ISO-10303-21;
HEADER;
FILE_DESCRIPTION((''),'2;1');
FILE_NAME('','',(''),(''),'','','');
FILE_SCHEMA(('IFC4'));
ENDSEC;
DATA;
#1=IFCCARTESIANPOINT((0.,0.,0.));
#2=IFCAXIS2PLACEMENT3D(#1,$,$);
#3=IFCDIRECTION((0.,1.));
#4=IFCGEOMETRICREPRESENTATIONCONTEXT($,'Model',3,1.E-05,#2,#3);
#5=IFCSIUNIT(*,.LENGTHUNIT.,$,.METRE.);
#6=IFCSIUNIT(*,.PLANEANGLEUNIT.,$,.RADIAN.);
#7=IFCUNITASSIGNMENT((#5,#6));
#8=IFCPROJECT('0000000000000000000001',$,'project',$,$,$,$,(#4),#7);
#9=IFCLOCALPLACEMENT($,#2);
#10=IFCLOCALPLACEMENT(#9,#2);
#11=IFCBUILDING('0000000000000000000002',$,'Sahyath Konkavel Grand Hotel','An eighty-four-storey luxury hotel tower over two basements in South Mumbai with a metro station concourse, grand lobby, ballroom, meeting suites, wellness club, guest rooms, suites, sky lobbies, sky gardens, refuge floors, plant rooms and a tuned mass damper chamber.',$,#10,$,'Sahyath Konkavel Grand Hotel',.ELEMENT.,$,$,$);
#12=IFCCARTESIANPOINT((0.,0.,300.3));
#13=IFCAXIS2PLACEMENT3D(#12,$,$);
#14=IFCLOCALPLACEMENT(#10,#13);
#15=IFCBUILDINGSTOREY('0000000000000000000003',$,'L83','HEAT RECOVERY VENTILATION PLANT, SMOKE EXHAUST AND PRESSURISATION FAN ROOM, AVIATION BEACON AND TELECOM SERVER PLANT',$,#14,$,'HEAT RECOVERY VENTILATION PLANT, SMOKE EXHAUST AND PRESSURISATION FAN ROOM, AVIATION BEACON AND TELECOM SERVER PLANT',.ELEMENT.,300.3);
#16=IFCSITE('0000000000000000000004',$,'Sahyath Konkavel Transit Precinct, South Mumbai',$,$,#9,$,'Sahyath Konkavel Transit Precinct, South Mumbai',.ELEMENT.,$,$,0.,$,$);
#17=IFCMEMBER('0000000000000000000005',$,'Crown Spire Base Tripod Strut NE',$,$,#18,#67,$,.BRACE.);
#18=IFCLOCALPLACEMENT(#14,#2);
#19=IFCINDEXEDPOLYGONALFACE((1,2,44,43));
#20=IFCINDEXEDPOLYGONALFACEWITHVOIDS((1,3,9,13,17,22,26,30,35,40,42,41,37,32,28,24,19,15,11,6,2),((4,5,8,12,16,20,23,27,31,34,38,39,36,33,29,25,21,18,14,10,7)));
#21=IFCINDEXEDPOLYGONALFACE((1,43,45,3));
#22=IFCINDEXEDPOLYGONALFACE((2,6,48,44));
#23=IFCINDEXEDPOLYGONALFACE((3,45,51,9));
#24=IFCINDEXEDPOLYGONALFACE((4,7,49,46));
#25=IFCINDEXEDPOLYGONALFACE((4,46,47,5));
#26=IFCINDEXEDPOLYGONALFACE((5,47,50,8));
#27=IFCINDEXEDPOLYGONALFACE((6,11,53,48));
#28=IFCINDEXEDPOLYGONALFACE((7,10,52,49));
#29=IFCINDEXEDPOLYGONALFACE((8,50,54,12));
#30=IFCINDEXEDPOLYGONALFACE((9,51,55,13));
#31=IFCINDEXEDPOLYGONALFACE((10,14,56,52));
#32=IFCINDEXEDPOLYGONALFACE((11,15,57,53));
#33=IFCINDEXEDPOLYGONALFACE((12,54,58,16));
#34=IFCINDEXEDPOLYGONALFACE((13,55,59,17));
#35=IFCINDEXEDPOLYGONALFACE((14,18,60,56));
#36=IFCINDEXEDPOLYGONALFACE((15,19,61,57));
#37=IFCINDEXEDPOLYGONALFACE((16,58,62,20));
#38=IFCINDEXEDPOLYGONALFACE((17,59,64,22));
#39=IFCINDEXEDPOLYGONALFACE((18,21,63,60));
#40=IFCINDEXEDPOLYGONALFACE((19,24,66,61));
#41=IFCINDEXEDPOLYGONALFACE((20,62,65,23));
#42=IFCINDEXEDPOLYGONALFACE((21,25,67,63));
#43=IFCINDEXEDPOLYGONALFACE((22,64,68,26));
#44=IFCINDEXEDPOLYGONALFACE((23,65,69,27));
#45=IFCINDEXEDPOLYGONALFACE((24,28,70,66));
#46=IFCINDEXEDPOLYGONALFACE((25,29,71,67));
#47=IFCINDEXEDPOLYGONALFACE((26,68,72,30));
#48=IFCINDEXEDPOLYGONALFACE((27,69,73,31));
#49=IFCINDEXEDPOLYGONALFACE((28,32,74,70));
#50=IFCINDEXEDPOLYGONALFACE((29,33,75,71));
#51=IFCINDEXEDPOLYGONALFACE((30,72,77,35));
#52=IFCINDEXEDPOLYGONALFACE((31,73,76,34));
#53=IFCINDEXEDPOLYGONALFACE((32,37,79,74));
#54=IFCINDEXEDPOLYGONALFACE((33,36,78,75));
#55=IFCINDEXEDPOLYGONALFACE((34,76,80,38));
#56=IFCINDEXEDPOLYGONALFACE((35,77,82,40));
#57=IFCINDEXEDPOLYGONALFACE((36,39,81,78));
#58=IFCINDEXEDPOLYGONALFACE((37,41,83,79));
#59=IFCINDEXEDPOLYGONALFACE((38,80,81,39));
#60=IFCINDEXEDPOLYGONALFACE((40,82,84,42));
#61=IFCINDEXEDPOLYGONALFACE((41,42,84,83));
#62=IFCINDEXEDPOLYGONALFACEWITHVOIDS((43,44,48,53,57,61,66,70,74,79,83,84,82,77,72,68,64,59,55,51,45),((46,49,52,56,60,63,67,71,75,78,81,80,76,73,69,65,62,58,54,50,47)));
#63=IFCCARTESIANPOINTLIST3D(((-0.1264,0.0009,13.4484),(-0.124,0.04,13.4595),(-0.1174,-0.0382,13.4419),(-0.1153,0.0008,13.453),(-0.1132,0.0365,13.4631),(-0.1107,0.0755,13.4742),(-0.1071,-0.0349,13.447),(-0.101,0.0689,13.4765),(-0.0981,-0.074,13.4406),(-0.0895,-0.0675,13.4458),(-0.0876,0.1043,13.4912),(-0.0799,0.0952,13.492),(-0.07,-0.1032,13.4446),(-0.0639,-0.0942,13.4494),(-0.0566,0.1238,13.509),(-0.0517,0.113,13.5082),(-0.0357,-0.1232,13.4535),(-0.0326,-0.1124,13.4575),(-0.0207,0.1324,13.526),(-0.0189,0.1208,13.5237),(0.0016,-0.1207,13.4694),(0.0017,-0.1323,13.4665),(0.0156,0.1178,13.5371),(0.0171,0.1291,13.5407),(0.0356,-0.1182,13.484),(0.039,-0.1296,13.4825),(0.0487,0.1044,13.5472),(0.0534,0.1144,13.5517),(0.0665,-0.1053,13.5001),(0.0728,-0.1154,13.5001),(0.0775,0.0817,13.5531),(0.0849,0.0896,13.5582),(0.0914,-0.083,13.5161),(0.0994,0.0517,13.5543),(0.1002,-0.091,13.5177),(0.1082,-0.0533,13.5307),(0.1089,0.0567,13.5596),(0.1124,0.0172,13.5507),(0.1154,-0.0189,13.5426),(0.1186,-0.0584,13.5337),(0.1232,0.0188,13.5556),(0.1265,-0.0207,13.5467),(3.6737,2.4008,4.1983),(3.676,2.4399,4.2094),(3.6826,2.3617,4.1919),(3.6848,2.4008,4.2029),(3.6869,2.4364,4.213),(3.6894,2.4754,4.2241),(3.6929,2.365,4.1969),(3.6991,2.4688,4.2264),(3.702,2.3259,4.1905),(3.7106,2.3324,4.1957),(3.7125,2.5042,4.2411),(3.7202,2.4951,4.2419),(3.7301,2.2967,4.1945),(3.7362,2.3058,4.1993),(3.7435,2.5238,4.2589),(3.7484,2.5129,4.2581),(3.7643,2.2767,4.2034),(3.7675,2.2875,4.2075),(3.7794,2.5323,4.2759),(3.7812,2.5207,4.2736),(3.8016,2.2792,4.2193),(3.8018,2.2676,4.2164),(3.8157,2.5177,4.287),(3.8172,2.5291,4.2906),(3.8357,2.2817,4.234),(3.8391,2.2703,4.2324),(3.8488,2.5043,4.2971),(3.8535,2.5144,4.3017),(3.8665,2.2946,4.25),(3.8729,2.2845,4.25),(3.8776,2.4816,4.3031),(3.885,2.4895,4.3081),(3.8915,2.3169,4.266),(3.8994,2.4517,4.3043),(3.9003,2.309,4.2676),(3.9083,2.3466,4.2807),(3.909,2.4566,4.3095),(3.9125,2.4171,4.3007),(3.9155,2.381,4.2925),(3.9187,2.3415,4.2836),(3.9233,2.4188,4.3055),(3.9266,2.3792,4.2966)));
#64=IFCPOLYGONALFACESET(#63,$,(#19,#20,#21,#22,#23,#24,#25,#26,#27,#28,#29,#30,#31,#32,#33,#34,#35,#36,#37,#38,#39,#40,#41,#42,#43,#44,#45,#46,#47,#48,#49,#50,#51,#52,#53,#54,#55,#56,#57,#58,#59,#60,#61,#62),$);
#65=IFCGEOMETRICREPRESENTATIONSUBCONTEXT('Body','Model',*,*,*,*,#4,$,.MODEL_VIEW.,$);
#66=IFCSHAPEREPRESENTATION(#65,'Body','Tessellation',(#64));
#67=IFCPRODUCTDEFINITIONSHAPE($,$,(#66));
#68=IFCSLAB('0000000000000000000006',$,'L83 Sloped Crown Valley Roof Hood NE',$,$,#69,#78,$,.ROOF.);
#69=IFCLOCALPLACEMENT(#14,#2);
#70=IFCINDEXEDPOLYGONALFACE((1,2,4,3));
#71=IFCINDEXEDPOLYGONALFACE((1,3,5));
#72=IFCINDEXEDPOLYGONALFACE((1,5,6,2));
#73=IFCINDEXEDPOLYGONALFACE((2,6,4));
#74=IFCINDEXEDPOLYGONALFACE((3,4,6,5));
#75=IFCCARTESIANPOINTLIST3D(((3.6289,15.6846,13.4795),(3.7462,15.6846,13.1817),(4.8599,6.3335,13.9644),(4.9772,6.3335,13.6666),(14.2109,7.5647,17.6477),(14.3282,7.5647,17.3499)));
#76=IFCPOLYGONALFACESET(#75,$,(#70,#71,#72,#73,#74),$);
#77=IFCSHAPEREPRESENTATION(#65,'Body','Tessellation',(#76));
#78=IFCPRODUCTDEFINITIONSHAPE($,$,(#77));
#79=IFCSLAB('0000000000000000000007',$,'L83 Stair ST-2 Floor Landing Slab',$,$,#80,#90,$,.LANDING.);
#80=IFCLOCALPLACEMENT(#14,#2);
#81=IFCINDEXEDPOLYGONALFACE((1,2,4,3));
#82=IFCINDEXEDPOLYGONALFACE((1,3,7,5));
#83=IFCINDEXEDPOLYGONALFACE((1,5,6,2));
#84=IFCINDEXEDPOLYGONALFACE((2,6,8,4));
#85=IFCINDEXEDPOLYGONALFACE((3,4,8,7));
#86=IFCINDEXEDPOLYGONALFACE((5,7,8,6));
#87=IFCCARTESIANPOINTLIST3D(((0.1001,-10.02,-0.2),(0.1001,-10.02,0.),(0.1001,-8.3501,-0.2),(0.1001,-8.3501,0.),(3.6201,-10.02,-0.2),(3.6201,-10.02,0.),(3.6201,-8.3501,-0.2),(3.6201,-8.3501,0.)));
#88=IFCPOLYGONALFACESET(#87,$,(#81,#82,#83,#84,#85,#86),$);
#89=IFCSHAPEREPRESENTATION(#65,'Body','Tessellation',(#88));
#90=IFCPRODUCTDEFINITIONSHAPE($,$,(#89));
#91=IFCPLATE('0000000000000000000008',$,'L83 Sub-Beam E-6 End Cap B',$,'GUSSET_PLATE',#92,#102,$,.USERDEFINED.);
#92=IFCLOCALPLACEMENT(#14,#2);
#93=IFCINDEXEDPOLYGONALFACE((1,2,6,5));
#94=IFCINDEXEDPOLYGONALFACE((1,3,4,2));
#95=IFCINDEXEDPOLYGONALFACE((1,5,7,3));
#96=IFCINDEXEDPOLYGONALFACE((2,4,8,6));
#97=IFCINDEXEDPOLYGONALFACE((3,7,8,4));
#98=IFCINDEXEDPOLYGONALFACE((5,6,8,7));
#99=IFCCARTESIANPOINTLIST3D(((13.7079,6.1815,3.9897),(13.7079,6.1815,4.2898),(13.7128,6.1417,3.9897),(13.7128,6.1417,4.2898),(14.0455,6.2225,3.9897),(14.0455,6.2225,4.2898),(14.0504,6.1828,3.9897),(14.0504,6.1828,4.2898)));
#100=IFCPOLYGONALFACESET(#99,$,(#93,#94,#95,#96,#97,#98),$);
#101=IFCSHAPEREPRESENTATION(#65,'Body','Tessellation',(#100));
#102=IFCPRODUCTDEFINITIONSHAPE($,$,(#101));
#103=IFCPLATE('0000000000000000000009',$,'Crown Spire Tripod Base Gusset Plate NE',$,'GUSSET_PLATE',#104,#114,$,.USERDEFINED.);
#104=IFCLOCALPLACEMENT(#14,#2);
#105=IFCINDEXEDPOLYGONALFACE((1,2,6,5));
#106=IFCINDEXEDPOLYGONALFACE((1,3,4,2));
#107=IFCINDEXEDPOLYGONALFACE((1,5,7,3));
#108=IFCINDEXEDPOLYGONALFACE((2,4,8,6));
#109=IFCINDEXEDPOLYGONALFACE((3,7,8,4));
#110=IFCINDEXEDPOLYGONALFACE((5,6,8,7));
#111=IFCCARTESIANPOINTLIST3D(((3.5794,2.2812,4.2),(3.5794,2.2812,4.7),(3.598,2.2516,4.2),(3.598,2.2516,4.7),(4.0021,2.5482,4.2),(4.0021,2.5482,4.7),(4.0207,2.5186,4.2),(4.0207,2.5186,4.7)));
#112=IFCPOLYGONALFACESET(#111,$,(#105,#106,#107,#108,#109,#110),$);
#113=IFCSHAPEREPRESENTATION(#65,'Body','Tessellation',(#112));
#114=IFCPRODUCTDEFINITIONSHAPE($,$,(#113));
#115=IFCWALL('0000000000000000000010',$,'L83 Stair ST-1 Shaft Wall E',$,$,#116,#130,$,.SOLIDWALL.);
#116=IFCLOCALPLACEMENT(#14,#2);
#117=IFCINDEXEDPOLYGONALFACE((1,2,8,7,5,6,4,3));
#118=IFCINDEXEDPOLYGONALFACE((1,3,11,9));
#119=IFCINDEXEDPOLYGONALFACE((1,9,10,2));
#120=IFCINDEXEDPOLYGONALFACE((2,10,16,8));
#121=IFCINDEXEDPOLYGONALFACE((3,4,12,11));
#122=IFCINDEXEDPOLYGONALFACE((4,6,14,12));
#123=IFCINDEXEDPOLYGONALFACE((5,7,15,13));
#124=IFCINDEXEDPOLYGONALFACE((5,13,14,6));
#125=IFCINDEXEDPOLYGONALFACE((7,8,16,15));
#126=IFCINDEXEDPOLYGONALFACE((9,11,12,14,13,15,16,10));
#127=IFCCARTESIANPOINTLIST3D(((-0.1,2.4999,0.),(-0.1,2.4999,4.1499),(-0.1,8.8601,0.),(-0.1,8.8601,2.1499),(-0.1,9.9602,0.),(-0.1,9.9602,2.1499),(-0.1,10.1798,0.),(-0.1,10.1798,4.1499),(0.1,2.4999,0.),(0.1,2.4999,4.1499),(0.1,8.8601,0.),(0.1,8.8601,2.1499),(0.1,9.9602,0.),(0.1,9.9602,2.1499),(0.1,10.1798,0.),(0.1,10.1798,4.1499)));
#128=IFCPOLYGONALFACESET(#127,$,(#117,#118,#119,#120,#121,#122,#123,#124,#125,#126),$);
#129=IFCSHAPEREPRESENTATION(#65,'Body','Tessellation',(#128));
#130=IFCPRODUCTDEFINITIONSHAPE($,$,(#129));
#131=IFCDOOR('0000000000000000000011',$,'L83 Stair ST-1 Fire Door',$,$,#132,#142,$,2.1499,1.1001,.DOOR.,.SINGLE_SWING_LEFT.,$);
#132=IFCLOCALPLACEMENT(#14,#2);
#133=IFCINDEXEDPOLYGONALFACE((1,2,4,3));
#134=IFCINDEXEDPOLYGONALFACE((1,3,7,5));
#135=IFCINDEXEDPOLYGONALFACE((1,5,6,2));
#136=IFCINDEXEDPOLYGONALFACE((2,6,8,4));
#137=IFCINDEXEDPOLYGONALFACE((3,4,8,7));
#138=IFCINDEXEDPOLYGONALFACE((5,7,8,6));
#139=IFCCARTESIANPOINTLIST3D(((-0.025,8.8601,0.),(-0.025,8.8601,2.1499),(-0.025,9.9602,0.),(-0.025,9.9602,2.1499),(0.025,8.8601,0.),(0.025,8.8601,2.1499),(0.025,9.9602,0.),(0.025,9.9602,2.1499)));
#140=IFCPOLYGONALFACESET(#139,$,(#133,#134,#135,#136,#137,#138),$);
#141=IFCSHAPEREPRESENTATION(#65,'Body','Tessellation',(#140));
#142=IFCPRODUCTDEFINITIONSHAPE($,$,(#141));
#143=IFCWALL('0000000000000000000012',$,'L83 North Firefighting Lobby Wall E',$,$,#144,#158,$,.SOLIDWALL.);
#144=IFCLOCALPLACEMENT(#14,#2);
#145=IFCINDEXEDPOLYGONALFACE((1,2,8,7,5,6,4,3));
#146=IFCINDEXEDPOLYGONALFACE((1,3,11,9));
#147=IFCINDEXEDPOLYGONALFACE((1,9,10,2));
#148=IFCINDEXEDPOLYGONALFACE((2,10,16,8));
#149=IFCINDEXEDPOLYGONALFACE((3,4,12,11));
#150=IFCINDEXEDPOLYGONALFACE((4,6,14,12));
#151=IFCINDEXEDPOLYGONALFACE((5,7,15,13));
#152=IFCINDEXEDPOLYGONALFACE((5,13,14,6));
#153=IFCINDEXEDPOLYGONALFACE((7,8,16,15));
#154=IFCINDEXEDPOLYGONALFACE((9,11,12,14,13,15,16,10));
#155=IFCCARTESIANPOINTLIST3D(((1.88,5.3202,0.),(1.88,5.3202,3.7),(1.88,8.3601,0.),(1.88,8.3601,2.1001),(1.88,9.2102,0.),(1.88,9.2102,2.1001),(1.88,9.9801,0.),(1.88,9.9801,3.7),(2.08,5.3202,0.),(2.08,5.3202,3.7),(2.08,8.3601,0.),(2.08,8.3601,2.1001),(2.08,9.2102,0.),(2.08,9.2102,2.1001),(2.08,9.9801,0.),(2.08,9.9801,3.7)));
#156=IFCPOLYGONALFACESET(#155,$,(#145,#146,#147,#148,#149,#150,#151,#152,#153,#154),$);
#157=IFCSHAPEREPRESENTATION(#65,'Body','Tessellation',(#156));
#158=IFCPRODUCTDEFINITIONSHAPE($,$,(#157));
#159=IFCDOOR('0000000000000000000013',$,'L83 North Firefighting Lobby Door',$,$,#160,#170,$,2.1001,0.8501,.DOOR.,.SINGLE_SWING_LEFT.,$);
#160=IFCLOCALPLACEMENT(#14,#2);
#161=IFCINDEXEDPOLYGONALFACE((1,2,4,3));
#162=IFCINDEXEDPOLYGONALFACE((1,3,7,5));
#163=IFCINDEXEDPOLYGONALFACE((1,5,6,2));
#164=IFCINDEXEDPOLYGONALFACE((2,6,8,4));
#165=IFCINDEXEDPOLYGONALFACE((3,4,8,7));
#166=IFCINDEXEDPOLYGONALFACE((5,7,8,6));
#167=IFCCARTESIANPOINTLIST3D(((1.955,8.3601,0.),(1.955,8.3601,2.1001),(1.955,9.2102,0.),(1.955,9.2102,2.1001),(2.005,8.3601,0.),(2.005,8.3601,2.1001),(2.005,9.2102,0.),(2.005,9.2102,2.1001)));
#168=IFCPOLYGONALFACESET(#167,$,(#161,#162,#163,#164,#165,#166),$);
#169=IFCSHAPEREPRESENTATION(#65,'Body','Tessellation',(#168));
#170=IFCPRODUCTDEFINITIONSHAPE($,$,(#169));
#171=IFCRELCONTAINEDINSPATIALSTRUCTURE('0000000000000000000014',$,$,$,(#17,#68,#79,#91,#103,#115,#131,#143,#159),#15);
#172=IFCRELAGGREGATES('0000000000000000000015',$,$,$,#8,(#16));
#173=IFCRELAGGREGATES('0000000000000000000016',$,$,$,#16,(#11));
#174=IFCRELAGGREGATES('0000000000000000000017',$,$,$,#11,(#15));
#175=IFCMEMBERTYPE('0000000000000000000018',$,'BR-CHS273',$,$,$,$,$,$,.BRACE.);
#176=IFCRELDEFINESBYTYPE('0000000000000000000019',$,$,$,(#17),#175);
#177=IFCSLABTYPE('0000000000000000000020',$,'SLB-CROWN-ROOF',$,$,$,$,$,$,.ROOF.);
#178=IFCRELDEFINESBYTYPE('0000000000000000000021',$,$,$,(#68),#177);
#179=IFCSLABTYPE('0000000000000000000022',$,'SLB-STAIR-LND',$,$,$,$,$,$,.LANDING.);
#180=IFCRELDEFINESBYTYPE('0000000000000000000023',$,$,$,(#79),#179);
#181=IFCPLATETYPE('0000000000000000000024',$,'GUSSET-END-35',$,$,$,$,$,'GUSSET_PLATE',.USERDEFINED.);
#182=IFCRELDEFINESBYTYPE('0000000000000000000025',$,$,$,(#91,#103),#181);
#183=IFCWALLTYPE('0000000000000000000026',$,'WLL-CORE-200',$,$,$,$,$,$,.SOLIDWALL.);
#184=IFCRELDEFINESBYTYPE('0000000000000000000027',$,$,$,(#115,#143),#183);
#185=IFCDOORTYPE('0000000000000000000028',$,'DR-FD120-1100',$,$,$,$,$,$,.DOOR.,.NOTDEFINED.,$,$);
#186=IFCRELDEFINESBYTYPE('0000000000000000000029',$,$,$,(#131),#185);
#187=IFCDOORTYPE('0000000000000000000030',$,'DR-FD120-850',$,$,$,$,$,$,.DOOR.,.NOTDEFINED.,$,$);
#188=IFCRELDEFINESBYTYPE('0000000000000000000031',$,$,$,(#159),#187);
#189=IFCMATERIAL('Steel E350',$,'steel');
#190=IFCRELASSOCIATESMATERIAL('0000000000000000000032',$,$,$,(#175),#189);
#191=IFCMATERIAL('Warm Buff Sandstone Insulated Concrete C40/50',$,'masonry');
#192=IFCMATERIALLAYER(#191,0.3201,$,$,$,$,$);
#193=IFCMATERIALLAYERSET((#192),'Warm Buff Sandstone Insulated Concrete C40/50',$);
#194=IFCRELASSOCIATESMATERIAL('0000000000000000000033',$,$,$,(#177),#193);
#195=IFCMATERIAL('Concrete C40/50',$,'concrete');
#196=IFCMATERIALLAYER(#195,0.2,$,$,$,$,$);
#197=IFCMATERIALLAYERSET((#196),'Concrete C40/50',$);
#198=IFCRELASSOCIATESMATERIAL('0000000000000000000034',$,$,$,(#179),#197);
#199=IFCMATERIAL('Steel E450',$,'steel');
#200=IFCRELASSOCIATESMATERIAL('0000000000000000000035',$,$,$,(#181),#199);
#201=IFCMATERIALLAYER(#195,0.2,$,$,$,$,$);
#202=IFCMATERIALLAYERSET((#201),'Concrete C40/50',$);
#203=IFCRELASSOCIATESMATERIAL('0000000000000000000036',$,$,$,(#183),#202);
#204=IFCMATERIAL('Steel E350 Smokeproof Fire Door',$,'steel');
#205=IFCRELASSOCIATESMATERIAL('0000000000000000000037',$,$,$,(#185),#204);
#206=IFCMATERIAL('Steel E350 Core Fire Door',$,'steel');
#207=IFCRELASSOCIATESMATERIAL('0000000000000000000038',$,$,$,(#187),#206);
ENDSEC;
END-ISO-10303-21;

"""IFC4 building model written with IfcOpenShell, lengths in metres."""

from ifc_helpers import new_model, si_unit, direction, frame, frame_2d, origin, origin_2d, place, context, subcontext, project, spatial, polyline, rectangle, hollow_circle, outline, extrude, source, transform, mapped, material, layer, layer_set, material_profile, profile_set, type_object, element, fill, save


model = new_model("IFC4")

# Units and contexts
model_context = context("Model", 3, precision=1e-05, world=origin(), true_north=direction((0.0, 1.0)))
body_context = subcontext(model_context, "Body", "Model", "MODEL_VIEW")
ifc_project = project(units=[si_unit("LENGTHUNIT", "METRE"), si_unit("PLANEANGLEUNIT", "RADIAN")], contexts=[model_context])

# Site, building, storey
site_placement = place(None, origin())
site = spatial("IfcSite", under=ifc_project, at=site_placement, Name="Sahyath Konkavel Transit Precinct, South Mumbai", LongName="Sahyath Konkavel Transit Precinct, South Mumbai", CompositionType="ELEMENT", RefElevation=0.0)
building_placement = place(site_placement, origin())
building = spatial("IfcBuilding", under=site, at=building_placement, Name="Sahyath Konkavel Grand Hotel", Description="An eighty-four-storey luxury hotel tower over two basements in South Mumbai with a metro station concourse, grand lobby, ballroom, meeting suites, wellness club, guest rooms, suites, sky lobbies, sky gardens, refuge floors, plant rooms and a tuned mass damper chamber.", LongName="Sahyath Konkavel Grand Hotel", CompositionType="ELEMENT")
storey_placement = place(building_placement, frame((0.0, 0.0, 300.3)))
storey = spatial("IfcBuildingStorey", under=building, at=storey_placement, Name="L83", Description="HEAT RECOVERY VENTILATION PLANT, SMOKE EXHAUST AND PRESSURISATION FAN ROOM, AVIATION BEACON AND TELECOM SERVER PLANT", LongName="HEAT RECOVERY VENTILATION PLANT, SMOKE EXHAUST AND PRESSURISATION FAN ROOM, AVIATION BEACON AND TELECOM SERVER PLANT", CompositionType="ELEMENT", Elevation=300.3)

# Shared definitions
ifc_material_1 = material(Name="Concrete C40/50", Category="concrete")
ifc_material_2 = material(Name="Steel E350", Category="steel")

# Member
ifc_material_profile_1 = material_profile(ifc_material_2, hollow_circle(Radius=0.1365, WallThickness=0.012, at=origin_2d()), Name="CHS 273.0x12")
ifc_profile_set_1 = profile_set([ifc_material_profile_1], Name="Steel E350")
member_type = type_object("IfcMemberType", Name="BR-CHS273", PredefinedType="BRACE", material=ifc_profile_set_1)
shared_shape_1 = source(origin(), body_context, "Body", "SweptSolid", [
    extrude(hollow_circle(Radius=0.1365, WallThickness=0.012, at=origin_2d()), origin(), (0.0, 0.0, 1.0), 10.2842),
])
member_placement = place(storey_placement, frame((3.8, 2.3999, 4.25), z_axis=(-0.369508, -0.233361, 0.899448), x_axis=(0.533973, -0.845502, 0.0)))
element("IfcMember", 1, at=member_placement, inside=storey, type_object=member_type, Name="Crown Spire Base Tripod Strut NE", PredefinedType="BRACE", context=body_context, shape_type="MappedRepresentation", body=[
    mapped(shared_shape_1, transform((0.0, 0.0, 0.0), scale=1.0)),
])

# Slabs
ifc_material_3 = material(Name="Warm Buff Sandstone Insulated Concrete C40/50", Category="masonry")
ifc_layer_1 = layer(ifc_material_3, 0.3201)
ifc_layer_set_1 = layer_set([ifc_layer_1], Name="Warm Buff Sandstone Insulated Concrete C40/50")
slab_type_1 = type_object("IfcSlabType", Name="SLB-CROWN-ROOF", PredefinedType="ROOF", material=ifc_layer_set_1)
slab_1_placement = place(storey_placement, frame((14.2109, 7.5647, 17.6477), z_axis=(-0.366489, -0.000001, 0.930422), x_axis=(-0.923518, -0.121594, -0.36377)))
element("IfcSlab", 2, at=slab_1_placement, inside=storey, type_object=slab_type_1, Name="L83 Sloped Crown Valley Roof Hood NE", PredefinedType="ROOF", context=body_context, shape_type="SweptSolid", body=[
    extrude(outline(polyline([(0.0, 0.0), (10.1255, 0.0), (10.3016, -9.4426), (0.0, 0.0)])), origin(), (0.0, 0.0, -1.0), 0.3201),
])
ifc_layer_2 = layer(ifc_material_1, 0.2)
ifc_layer_set_2 = layer_set([ifc_layer_2], Name="Concrete C40/50")
slab_type_2 = type_object("IfcSlabType", Name="SLB-STAIR-LND", PredefinedType="LANDING", material=ifc_layer_set_2)
slab_2_placement = place(storey_placement, frame((0.0, 0.0, -0.2)))
element("IfcSlab", 3, at=slab_2_placement, inside=storey, type_object=slab_type_2, Name="L83 Stair ST-2 Floor Landing Slab", PredefinedType="LANDING", context=body_context, shape_type="SweptSolid", body=[
    extrude(outline(polyline([(0.1001, -10.02), (3.6201, -10.02), (3.6201, -8.3501), (0.1001, -8.3501), (0.1001, -10.02)])), origin(), (0.0, 0.0, 1.0), 0.2),
])

# Plates
ifc_material_4 = material(Name="Steel E450", Category="steel")
plate_type = type_object("IfcPlateType", Name="GUSSET-END-35", ElementType="GUSSET_PLATE", PredefinedType="USERDEFINED", material=ifc_material_4)
shared_shape_2 = source(origin(), body_context, "Body", "SweptSolid", [
    extrude(rectangle(XDim=0.04, YDim=0.3401, at=origin_2d()), origin(), (0.0, 0.0, 1.0), 0.3),
])
plate_1_placement = place(storey_placement, frame((13.8792, 6.1821, 3.9897), z_axis=(0.0, 0.0, 1.0), x_axis=(-0.120674, 0.992692, 0.0)))
element("IfcPlate", 4, at=plate_1_placement, inside=storey, type_object=plate_type, Name="L83 Sub-Beam E-6 End Cap B", ObjectType="GUSSET_PLATE", PredefinedType="USERDEFINED", context=body_context, shape_type="MappedRepresentation", body=[
    mapped(shared_shape_2, transform((0.0, 0.0, 0.0), scale=1.0)),
])
shared_shape_3 = source(origin(), body_context, "Body", "SweptSolid", [
    extrude(rectangle(XDim=0.5, YDim=0.0349, at=origin_2d()), origin(), (0.0, 0.0, 1.0), 0.5),
])
plate_2_placement = place(storey_placement, frame((3.8, 2.3999, 4.2), z_axis=(0.0, 0.0, 1.0), x_axis=(-0.845486, -0.533998, 0.0)))
element("IfcPlate", 5, at=plate_2_placement, inside=storey, type_object=plate_type, Name="Crown Spire Tripod Base Gusset Plate NE", ObjectType="GUSSET_PLATE", PredefinedType="USERDEFINED", context=body_context, shape_type="MappedRepresentation", body=[
    mapped(shared_shape_3, transform((0.0, 0.0, 0.0), scale=1.0)),
])

# Walls, openings, doors
ifc_layer_3 = layer(ifc_material_1, 0.2)
ifc_layer_set_3 = layer_set([ifc_layer_3], Name="Concrete C40/50")
wall_type_1 = type_object("IfcWallType", Name="WLL-CORE-200", PredefinedType="SOLIDWALL", material=ifc_layer_set_3)
wall_1_placement = place(storey_placement, frame((0.0, 2.5, 0.0), z_axis=(0.0, 0.0, 1.0), x_axis=(0.0, 1.0, 0.0)))
wall_1 = element("IfcWall", 6, at=wall_1_placement, inside=storey, type_object=wall_type_1, Name="L83 Stair ST-1 Shaft Wall E", PredefinedType="SOLIDWALL", context=body_context, shape_type="SweptSolid", body=[
    extrude(rectangle(XDim=7.6799, YDim=0.2, at=frame_2d((3.8398, 0.0))), origin(), (0.0, 0.0, 1.0), 4.1499),
])
opening_1_placement = place(wall_1_placement, frame((6.3601, 0.0, 0.0)))
opening_1 = element("IfcOpeningElement", 7, at=opening_1_placement, cuts=wall_1, PredefinedType="OPENING", context=body_context, shape_type="SweptSolid", body=[
    extrude(rectangle(XDim=1.1001, YDim=2.1499, at=frame_2d((0.55, 1.075))), frame((0.0, 0.1099, 0.0), z_axis=(0.0, -1.0, 0.0), x_axis=(1.0, 0.0, 0.0)), (0.0, 0.0, 1.0), 0.22),
])
ifc_material_5 = material(Name="Steel E350 Smokeproof Fire Door", Category="steel")
door_type_1 = type_object("IfcDoorType", Name="DR-FD120-1100", OperationType="NOTDEFINED", PredefinedType="DOOR", material=ifc_material_5)
shared_shape_4 = source(origin(), body_context, "Body", "SweptSolid", [
    extrude(rectangle(XDim=1.1001, YDim=0.05, at=origin_2d()), origin(), (0.0, 0.0, 1.0), 2.1499),
])
door_1_placement = place(opening_1_placement, frame((0.55, 0.0, 0.0)))
door_1 = element("IfcDoor", 8, at=door_1_placement, inside=storey, type_object=door_type_1, Name="L83 Stair ST-1 Fire Door", OperationType="SINGLE_SWING_LEFT", OverallHeight=2.1499, OverallWidth=1.1001, PredefinedType="DOOR", context=body_context, shape_type="MappedRepresentation", body=[
    mapped(shared_shape_4, transform((0.0, 0.0, 0.0), scale=1.0)),
])
fill(opening_1, door_1)
wall_2_placement = place(storey_placement, frame((1.98, 5.3201, 0.0), z_axis=(0.0, 0.0, 1.0), x_axis=(0.0, 1.0, 0.0)))
wall_2 = element("IfcWall", 9, at=wall_2_placement, inside=storey, type_object=wall_type_1, Name="L83 North Firefighting Lobby Wall E", PredefinedType="SOLIDWALL", context=body_context, shape_type="SweptSolid", body=[
    extrude(rectangle(XDim=4.6599, YDim=0.2, at=frame_2d((2.3301, 0.0))), origin(), (0.0, 0.0, 1.0), 3.7),
])
opening_2_placement = place(wall_2_placement, frame((3.04, 0.0, 0.0)))
opening_2 = element("IfcOpeningElement", 10, at=opening_2_placement, cuts=wall_2, PredefinedType="OPENING", context=body_context, shape_type="SweptSolid", body=[
    extrude(rectangle(XDim=0.8501, YDim=2.1001, at=frame_2d((0.425, 1.05))), frame((0.0, 0.1099, 0.0), z_axis=(0.0, -1.0, 0.0), x_axis=(1.0, 0.0, 0.0)), (0.0, 0.0, 1.0), 0.22),
])
ifc_material_6 = material(Name="Steel E350 Core Fire Door", Category="steel")
door_type_2 = type_object("IfcDoorType", Name="DR-FD120-850", OperationType="NOTDEFINED", PredefinedType="DOOR", material=ifc_material_6)
shared_shape_5 = source(origin(), body_context, "Body", "SweptSolid", [
    extrude(rectangle(XDim=0.8501, YDim=0.05, at=origin_2d()), origin(), (0.0, 0.0, 1.0), 2.1001),
])
door_2_placement = place(opening_2_placement, frame((0.425, 0.0, 0.0)))
door_2 = element("IfcDoor", 11, at=door_2_placement, inside=storey, type_object=door_type_2, Name="L83 North Firefighting Lobby Door", OperationType="SINGLE_SWING_LEFT", OverallHeight=2.1001, OverallWidth=0.8501, PredefinedType="DOOR", context=body_context, shape_type="MappedRepresentation", body=[
    mapped(shared_shape_5, transform((0.0, 0.0, 0.0), scale=1.0)),
])
fill(opening_2, door_2)

save(model, "model.ifc")
